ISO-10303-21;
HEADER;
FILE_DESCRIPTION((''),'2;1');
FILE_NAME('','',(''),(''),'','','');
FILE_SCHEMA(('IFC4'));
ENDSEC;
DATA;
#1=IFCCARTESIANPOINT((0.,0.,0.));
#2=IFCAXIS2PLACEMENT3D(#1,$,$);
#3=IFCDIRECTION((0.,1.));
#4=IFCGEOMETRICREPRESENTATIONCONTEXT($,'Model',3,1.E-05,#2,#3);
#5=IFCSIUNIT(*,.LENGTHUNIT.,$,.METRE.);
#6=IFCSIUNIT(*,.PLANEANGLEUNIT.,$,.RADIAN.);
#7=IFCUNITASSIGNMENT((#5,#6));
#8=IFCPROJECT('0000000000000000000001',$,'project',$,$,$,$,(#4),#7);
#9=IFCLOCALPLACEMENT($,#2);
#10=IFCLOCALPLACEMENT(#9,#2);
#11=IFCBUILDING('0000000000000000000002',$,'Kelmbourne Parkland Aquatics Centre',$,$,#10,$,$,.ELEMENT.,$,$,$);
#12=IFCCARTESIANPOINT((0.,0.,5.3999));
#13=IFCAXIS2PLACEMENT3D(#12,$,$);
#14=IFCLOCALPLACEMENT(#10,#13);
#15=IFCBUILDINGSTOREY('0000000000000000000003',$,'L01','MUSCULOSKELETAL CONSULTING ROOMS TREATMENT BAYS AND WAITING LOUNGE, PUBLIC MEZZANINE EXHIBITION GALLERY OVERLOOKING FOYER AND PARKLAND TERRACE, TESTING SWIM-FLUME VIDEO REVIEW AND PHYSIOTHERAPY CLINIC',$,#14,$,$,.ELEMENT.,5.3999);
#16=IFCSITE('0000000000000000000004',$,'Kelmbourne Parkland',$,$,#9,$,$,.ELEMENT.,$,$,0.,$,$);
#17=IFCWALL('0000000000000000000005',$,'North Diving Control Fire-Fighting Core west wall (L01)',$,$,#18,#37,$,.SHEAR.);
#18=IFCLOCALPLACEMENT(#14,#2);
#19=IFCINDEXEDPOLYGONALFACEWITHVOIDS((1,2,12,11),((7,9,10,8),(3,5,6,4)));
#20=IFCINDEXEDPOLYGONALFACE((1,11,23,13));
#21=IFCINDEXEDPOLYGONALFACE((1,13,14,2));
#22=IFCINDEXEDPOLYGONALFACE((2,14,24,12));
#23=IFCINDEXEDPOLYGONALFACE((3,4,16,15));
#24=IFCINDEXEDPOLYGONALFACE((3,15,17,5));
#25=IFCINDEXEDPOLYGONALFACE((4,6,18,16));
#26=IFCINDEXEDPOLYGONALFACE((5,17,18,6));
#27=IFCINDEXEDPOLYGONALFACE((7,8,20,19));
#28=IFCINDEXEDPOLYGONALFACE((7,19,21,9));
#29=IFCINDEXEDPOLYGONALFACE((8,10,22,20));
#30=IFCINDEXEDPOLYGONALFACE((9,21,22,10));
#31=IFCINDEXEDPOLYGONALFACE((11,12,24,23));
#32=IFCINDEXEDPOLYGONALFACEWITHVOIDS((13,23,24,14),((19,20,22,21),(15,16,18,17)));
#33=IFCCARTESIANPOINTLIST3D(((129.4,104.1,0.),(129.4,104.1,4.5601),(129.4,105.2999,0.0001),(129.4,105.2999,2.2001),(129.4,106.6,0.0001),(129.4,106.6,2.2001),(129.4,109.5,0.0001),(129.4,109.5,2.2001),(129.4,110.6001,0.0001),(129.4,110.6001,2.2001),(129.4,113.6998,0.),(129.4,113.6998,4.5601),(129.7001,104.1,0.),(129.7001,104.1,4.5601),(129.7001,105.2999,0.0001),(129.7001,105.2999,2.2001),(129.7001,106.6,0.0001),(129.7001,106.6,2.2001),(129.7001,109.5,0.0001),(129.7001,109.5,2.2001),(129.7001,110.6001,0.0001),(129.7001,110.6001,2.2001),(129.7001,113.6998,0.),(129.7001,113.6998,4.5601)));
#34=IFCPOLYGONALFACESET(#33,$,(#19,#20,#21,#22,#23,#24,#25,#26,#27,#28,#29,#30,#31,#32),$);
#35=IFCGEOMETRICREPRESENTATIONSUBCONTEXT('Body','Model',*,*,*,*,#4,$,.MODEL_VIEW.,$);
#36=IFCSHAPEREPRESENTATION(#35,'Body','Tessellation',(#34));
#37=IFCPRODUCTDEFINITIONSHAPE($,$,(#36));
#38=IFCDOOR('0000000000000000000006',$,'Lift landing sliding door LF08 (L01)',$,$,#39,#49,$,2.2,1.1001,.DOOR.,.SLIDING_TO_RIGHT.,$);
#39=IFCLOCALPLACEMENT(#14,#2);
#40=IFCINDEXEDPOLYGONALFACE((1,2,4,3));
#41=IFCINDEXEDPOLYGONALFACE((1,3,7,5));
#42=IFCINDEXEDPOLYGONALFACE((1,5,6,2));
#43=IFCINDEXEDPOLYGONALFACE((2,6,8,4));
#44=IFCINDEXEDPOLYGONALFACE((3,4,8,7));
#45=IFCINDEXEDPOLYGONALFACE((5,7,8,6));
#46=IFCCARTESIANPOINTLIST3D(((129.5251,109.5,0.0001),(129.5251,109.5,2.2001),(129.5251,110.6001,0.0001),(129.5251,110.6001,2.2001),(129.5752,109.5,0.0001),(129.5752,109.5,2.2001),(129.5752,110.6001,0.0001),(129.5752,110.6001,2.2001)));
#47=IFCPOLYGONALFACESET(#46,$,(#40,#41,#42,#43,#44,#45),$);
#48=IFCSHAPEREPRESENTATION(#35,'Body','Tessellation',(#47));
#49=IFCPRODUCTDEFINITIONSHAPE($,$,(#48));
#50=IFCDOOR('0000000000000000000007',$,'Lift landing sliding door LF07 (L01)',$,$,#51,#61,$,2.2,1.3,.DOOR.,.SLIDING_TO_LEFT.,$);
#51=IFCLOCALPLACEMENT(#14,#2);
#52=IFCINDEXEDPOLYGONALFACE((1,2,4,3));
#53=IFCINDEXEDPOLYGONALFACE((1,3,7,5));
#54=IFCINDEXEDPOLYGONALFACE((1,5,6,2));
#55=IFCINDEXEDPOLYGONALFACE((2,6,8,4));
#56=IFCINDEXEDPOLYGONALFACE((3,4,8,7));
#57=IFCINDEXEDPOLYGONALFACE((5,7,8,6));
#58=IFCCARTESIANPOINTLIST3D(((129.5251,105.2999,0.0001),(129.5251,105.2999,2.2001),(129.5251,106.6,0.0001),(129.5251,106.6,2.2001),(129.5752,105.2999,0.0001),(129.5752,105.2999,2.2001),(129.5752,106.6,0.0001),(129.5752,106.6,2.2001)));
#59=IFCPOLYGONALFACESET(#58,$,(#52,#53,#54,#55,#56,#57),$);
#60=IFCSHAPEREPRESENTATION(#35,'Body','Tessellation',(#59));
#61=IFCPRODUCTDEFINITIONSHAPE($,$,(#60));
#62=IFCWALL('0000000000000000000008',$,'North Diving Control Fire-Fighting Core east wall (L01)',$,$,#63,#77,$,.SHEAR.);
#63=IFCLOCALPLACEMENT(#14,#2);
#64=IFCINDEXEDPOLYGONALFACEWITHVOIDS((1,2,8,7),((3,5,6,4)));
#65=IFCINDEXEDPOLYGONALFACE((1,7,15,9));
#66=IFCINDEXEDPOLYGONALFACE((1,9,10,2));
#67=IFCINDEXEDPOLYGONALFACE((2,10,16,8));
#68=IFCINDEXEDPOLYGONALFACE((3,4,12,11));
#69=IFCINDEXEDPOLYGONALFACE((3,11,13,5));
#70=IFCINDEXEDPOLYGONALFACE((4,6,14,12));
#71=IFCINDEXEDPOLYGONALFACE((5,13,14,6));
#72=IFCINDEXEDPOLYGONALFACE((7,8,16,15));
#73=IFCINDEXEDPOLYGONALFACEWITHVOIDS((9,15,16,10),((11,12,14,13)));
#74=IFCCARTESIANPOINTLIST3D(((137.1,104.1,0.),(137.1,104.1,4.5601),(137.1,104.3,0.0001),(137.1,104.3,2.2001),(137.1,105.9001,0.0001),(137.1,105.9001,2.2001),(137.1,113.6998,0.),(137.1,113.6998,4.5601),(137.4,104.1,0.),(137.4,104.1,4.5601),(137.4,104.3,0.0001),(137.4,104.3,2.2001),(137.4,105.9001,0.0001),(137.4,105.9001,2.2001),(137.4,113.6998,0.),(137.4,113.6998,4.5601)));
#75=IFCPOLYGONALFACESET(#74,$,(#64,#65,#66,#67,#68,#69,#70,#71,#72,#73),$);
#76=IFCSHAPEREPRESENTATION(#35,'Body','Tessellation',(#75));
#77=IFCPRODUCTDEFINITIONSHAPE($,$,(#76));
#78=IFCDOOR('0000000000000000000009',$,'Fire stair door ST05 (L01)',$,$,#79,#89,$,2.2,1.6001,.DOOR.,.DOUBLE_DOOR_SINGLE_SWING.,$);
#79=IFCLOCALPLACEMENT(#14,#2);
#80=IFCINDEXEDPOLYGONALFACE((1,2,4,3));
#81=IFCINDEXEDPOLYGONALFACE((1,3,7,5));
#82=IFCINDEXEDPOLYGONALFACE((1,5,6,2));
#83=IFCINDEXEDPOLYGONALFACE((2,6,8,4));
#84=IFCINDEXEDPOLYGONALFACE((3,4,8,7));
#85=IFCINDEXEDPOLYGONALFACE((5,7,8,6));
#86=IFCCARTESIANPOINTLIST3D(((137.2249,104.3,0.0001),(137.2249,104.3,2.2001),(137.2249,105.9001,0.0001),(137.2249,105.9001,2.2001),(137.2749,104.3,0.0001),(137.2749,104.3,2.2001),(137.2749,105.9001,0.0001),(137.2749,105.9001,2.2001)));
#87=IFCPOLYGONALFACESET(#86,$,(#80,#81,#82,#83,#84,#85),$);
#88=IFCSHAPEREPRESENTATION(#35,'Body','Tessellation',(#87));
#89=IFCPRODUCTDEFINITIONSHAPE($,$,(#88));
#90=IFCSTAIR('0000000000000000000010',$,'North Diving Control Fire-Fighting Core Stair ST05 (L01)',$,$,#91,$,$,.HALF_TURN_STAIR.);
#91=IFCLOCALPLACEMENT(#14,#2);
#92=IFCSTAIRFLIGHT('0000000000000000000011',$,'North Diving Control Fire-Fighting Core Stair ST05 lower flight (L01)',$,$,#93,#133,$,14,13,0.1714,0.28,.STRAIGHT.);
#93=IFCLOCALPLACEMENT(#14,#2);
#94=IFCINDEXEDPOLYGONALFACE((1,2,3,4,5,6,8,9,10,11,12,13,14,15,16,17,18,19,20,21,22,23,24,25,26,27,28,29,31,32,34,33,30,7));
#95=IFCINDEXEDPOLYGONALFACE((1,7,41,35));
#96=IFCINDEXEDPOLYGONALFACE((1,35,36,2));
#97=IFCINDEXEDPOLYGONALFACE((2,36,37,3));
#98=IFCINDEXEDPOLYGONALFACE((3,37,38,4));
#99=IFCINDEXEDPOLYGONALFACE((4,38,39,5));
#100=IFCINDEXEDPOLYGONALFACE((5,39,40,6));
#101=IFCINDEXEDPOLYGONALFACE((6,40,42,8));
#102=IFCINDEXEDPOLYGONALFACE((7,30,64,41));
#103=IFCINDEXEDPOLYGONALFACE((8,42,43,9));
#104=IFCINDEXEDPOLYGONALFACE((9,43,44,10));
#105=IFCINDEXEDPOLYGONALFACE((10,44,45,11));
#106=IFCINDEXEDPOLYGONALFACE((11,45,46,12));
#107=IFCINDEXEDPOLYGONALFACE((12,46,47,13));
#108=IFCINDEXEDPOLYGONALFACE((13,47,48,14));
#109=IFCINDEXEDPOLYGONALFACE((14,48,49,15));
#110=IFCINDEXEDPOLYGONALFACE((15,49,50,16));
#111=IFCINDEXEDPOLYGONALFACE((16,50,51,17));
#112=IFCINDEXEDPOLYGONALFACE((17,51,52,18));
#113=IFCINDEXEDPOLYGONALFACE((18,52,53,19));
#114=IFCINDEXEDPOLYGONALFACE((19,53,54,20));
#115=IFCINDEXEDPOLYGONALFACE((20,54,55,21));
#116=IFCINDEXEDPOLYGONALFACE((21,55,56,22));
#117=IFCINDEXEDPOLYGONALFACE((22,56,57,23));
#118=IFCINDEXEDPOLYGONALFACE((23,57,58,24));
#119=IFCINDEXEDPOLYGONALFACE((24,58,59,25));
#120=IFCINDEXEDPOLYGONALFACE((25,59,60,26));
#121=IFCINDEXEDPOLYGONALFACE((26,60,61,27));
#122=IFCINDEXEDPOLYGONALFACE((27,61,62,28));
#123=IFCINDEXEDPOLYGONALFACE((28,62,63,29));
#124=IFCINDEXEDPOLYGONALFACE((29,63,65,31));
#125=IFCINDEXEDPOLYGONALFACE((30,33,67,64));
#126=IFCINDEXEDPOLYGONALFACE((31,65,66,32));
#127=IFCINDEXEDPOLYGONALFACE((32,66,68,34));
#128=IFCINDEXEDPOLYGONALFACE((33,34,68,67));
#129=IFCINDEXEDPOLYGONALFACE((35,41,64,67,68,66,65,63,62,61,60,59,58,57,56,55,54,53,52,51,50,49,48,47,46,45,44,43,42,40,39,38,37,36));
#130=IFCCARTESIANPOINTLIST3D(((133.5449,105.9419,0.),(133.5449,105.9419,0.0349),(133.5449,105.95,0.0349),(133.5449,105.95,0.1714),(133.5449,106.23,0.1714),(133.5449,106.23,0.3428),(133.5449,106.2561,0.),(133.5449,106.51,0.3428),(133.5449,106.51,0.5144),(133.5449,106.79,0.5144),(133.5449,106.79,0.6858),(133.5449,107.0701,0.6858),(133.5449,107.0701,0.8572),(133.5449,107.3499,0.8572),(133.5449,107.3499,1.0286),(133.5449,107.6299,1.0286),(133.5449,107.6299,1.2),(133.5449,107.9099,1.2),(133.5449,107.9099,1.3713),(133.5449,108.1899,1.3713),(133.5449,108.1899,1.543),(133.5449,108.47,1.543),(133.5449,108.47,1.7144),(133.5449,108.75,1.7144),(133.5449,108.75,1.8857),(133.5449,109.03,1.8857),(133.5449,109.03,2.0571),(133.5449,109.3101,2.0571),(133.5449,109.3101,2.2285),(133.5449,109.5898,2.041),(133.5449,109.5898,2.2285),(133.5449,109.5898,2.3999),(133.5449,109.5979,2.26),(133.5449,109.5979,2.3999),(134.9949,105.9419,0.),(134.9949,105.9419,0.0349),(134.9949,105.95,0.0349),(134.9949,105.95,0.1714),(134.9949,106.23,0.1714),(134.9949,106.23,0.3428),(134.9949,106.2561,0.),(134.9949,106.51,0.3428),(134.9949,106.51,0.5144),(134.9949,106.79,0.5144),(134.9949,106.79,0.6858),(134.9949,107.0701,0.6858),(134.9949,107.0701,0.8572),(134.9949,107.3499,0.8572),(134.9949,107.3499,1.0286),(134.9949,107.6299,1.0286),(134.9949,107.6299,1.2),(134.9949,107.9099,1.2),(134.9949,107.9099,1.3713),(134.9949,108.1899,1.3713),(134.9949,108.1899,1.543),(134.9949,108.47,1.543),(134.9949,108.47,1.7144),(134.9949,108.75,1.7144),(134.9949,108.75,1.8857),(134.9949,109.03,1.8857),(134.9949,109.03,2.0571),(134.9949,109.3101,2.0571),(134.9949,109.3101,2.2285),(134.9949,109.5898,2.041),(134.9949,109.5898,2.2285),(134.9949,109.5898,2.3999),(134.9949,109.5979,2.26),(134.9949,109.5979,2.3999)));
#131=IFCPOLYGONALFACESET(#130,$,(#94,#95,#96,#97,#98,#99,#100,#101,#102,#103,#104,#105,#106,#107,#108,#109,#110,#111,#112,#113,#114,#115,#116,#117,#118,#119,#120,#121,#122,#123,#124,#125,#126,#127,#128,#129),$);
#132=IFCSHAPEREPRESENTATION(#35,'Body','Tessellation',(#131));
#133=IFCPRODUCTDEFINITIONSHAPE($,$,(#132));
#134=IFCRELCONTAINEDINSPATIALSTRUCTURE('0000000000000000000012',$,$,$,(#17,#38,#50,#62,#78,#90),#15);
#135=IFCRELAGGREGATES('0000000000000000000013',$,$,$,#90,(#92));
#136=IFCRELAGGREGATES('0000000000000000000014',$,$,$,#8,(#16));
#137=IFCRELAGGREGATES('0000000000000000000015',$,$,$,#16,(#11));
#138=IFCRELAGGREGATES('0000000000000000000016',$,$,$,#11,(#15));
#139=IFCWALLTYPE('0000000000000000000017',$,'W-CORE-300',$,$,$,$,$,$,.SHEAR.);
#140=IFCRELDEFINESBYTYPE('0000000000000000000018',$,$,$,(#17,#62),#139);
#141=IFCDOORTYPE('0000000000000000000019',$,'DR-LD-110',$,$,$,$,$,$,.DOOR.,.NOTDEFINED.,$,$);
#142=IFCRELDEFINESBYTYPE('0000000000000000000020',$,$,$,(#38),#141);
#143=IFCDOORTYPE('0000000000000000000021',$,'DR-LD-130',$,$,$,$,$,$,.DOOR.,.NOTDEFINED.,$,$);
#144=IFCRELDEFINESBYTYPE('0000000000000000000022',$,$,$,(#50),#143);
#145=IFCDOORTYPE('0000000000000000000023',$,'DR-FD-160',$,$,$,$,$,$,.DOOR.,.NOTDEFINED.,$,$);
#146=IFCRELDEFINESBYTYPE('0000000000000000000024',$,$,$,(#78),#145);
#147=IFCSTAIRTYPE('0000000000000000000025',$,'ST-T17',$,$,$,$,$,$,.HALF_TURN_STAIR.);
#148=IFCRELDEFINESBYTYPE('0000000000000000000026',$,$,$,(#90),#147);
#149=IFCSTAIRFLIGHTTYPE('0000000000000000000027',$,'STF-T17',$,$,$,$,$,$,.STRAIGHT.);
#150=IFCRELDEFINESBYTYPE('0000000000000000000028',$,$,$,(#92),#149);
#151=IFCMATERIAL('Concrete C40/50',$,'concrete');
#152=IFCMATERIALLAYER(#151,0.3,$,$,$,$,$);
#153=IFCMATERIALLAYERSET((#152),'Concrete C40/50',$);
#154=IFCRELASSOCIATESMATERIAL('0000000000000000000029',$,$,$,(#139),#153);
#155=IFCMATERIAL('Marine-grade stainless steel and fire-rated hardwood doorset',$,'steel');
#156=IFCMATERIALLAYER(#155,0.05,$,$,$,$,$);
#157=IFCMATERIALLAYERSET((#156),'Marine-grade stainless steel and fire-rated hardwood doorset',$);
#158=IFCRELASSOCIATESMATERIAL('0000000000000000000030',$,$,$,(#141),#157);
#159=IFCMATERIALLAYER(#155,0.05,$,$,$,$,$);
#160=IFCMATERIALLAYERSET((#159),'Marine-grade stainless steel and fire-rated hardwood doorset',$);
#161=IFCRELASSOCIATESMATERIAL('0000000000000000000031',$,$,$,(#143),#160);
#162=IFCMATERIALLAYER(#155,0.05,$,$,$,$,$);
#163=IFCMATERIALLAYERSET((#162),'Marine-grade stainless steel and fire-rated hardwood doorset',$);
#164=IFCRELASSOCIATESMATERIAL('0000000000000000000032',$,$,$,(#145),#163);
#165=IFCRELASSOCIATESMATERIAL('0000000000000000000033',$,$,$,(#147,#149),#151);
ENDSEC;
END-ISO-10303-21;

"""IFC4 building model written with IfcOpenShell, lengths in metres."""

from ifc_helpers import new_model, si_unit, direction, frame, frame_2d, origin, place, context, subcontext, project, spatial, polyline, rectangle, outline, extrude, material, layer, layer_set, type_object, element, fill, aggregate, save


model = new_model("IFC4")

# Units and contexts
model_context = context("Model", 3, precision=1e-05, world=origin(), true_north=direction((0.0, 1.0)))
body_context = subcontext(model_context, "Body", "Model", "MODEL_VIEW")
ifc_project = project(units=[si_unit("LENGTHUNIT", "METRE"), si_unit("PLANEANGLEUNIT", "RADIAN")], contexts=[model_context])

# Site, building, storey
site_placement = place(None, origin())
site = spatial("IfcSite", under=ifc_project, at=site_placement, Name="Kelmbourne Parkland", CompositionType="ELEMENT", RefElevation=0.0)
building_placement = place(site_placement, origin())
building = spatial("IfcBuilding", under=site, at=building_placement, Name="Kelmbourne Parkland Aquatics Centre", CompositionType="ELEMENT")
storey_placement = place(building_placement, frame((0.0, 0.0, 5.3999)))
storey = spatial("IfcBuildingStorey", under=building, at=storey_placement, Name="L01", Description="MUSCULOSKELETAL CONSULTING ROOMS TREATMENT BAYS AND WAITING LOUNGE, PUBLIC MEZZANINE EXHIBITION GALLERY OVERLOOKING FOYER AND PARKLAND TERRACE, TESTING SWIM-FLUME VIDEO REVIEW AND PHYSIOTHERAPY CLINIC", CompositionType="ELEMENT", Elevation=5.3999)

# Shared definitions
ifc_material_1 = material(Name="Concrete C40/50", Category="concrete")

# Shared definitions
ifc_layer_1 = layer(ifc_material_1, 0.3)
ifc_layer_set_1 = layer_set([ifc_layer_1], Name="Concrete C40/50")
wall_type_1 = type_object("IfcWallType", Name="W-CORE-300", PredefinedType="SHEAR", material=ifc_layer_set_1)

# Wall, openings, doors
wall_1_placement = place(storey_placement, frame((129.55, 104.1001, 0.0), z_axis=(0.0, 0.0, 1.0), x_axis=(0.0, 1.0, 0.0)))
wall_1 = element("IfcWall", 1, at=wall_1_placement, inside=storey, type_object=wall_type_1, Name="North Diving Control Fire-Fighting Core west wall (L01)", PredefinedType="SHEAR", context=body_context, shape_type="SweptSolid", body=[
    extrude(rectangle(XDim=9.5999, YDim=0.3, at=frame_2d((4.7998, 0.0))), origin(), (0.0, 0.0, 1.0), 4.5601),
])
opening_1_placement = place(wall_1_placement, frame((1.2, 0.0, 0.0)))
opening_1 = element("IfcOpeningElement", 2, at=opening_1_placement, cuts=wall_1, PredefinedType="OPENING", context=body_context, shape_type="SweptSolid", body=[
    extrude(rectangle(XDim=1.3, YDim=2.2, at=frame_2d((0.6499, 1.1001))), frame((0.0, 0.1621, 0.0), z_axis=(0.0, -1.0, 0.0), x_axis=(1.0, 0.0, 0.0)), (0.0, 0.0, 1.0), 0.324),
])
opening_2_placement = place(wall_1_placement, frame((5.3999, 0.0, 0.0)))
opening_2 = element("IfcOpeningElement", 3, at=opening_2_placement, cuts=wall_1, PredefinedType="OPENING", context=body_context, shape_type="SweptSolid", body=[
    extrude(rectangle(XDim=1.1001, YDim=2.2, at=frame_2d((0.55, 1.1001))), frame((0.0, 0.1621, 0.0), z_axis=(0.0, -1.0, 0.0), x_axis=(1.0, 0.0, 0.0)), (0.0, 0.0, 1.0), 0.324),
])
ifc_material_2 = material(Name="Marine-grade stainless steel and fire-rated hardwood doorset", Category="steel")
ifc_layer_2 = layer(ifc_material_2, 0.05)
ifc_layer_set_2 = layer_set([ifc_layer_2], Name="Marine-grade stainless steel and fire-rated hardwood doorset")
door_type_1 = type_object("IfcDoorType", Name="DR-LD-110", OperationType="NOTDEFINED", PredefinedType="DOOR", material=ifc_layer_set_2)
door_1_placement = place(opening_2_placement, origin())
door_1 = element("IfcDoor", 4, at=door_1_placement, inside=storey, type_object=door_type_1, Name="Lift landing sliding door LF08 (L01)", OperationType="SLIDING_TO_RIGHT", OverallHeight=2.2, OverallWidth=1.1001, PredefinedType="DOOR", context=body_context, shape_type="SweptSolid", body=[
    extrude(rectangle(XDim=1.1001, YDim=2.2, at=frame_2d((0.55, 1.1001))), frame((0.0, 0.0249, 0.0), z_axis=(0.0, -1.0, 0.0), x_axis=(1.0, 0.0, 0.0)), (0.0, 0.0, 1.0), 0.05),
])
fill(opening_2, door_1)
ifc_layer_3 = layer(ifc_material_2, 0.05)
ifc_layer_set_3 = layer_set([ifc_layer_3], Name="Marine-grade stainless steel and fire-rated hardwood doorset")
door_type_2 = type_object("IfcDoorType", Name="DR-LD-130", OperationType="NOTDEFINED", PredefinedType="DOOR", material=ifc_layer_set_3)
door_2_placement = place(opening_1_placement, origin())
door_2 = element("IfcDoor", 5, at=door_2_placement, inside=storey, type_object=door_type_2, Name="Lift landing sliding door LF07 (L01)", OperationType="SLIDING_TO_LEFT", OverallHeight=2.2, OverallWidth=1.3, PredefinedType="DOOR", context=body_context, shape_type="SweptSolid", body=[
    extrude(rectangle(XDim=1.3, YDim=2.2, at=frame_2d((0.6499, 1.1001))), frame((0.0, 0.0249, 0.0), z_axis=(0.0, -1.0, 0.0), x_axis=(1.0, 0.0, 0.0)), (0.0, 0.0, 1.0), 0.05),
])
fill(opening_1, door_2)

# Wall, opening, door
wall_2_placement = place(storey_placement, frame((137.25, 104.1001, 0.0), z_axis=(0.0, 0.0, 1.0), x_axis=(0.0, 1.0, 0.0)))
wall_2 = element("IfcWall", 6, at=wall_2_placement, inside=storey, type_object=wall_type_1, Name="North Diving Control Fire-Fighting Core east wall (L01)", PredefinedType="SHEAR", context=body_context, shape_type="SweptSolid", body=[
    extrude(rectangle(XDim=9.5999, YDim=0.3, at=frame_2d((4.7998, 0.0))), origin(), (0.0, 0.0, 1.0), 4.5601),
])
opening_3_placement = place(wall_2_placement, frame((0.2, 0.0, 0.0)))
opening_3 = element("IfcOpeningElement", 7, at=opening_3_placement, cuts=wall_2, PredefinedType="OPENING", context=body_context, shape_type="SweptSolid", body=[
    extrude(rectangle(XDim=1.6001, YDim=2.2, at=frame_2d((0.8, 1.1001))), frame((0.0, 0.1621, 0.0), z_axis=(0.0, -1.0, 0.0), x_axis=(1.0, 0.0, 0.0)), (0.0, 0.0, 1.0), 0.324),
])
ifc_layer_4 = layer(ifc_material_2, 0.05)
ifc_layer_set_4 = layer_set([ifc_layer_4], Name="Marine-grade stainless steel and fire-rated hardwood doorset")
door_type_3 = type_object("IfcDoorType", Name="DR-FD-160", OperationType="NOTDEFINED", PredefinedType="DOOR", material=ifc_layer_set_4)
door_3_placement = place(opening_3_placement, frame((1.6001, 0.0, 0.0), z_axis=(0.0, 0.0, 1.0), x_axis=(-1.0, 0.0, 0.0)))
door_3 = element("IfcDoor", 8, at=door_3_placement, inside=storey, type_object=door_type_3, Name="Fire stair door ST05 (L01)", OperationType="DOUBLE_DOOR_SINGLE_SWING", OverallHeight=2.2, OverallWidth=1.6001, PredefinedType="DOOR", context=body_context, shape_type="SweptSolid", body=[
    extrude(rectangle(XDim=1.6001, YDim=2.2, at=frame_2d((0.8, 1.1001))), frame((0.0, 0.0249, 0.0), z_axis=(0.0, -1.0, 0.0), x_axis=(1.0, 0.0, 0.0)), (0.0, 0.0, 1.0), 0.05),
])
fill(opening_3, door_3)

# Stair, stair flight
stair_type = type_object("IfcStairType", Name="ST-T17", PredefinedType="HALF_TURN_STAIR", material=ifc_material_1)
stair_placement = place(storey_placement, origin())
stair = element("IfcStair", 9, at=stair_placement, inside=storey, type_object=stair_type, Name="North Diving Control Fire-Fighting Core Stair ST05 (L01)", PredefinedType="HALF_TURN_STAIR")
stair_flight_type = type_object("IfcStairFlightType", Name="STF-T17", PredefinedType="STRAIGHT", material=ifc_material_1)
stair_flight_1_placement = place(storey_placement, frame((134.27, 105.95, 0.0), z_axis=(0.0, 0.0, 1.0), x_axis=(0.0, 1.0, 0.0)))
stair_flight_1 = element("IfcStairFlight", 10, at=stair_flight_1_placement, type_object=stair_flight_type, Name="North Diving Control Fire-Fighting Core Stair ST05 lower flight (L01)", NumberOfRisers=14, NumberOfTreads=13, PredefinedType="STRAIGHT", RiserHeight=0.1714, TreadLength=0.28, context=body_context, shape_type="SweptSolid", body=[
    extrude(outline(polyline([(-0.0081, 0.0), (-0.0081, 0.0349), (0.0, 0.0349), (0.0, 0.1714), (0.28, 0.1714), (0.28, 0.3428), (0.5601, 0.3428), (0.5601, 0.5144), (0.8401, 0.5144), (0.8401, 0.6858), (1.1201, 0.6858), (1.1201, 0.8572), (1.3999, 0.8572), (1.3999, 1.0286), (1.6799, 1.0286), (1.6799, 1.2), (1.96, 1.2), (1.96, 1.3713), (2.24, 1.3713), (2.24, 1.543), (2.52, 1.543), (2.52, 1.7144), (2.8, 1.7144), (2.8, 1.8857), (3.0801, 1.8857), (3.0801, 2.0571), (3.3601, 2.0571), (3.3601, 2.2285), (3.6399, 2.2285), (3.6399, 2.3999), (3.6479, 2.3999), (3.6479, 2.26), (3.6399, 2.041), (0.3062, 0.0), (-0.0081, 0.0)])), frame((0.0, 0.7251, 0.0), z_axis=(0.0, -1.0, 0.0), x_axis=(1.0, 0.0, 0.0)), (0.0, 0.0, 1.0), 1.45),
])
aggregate(stair, [stair_flight_1])

save(model, "model.ifc")
